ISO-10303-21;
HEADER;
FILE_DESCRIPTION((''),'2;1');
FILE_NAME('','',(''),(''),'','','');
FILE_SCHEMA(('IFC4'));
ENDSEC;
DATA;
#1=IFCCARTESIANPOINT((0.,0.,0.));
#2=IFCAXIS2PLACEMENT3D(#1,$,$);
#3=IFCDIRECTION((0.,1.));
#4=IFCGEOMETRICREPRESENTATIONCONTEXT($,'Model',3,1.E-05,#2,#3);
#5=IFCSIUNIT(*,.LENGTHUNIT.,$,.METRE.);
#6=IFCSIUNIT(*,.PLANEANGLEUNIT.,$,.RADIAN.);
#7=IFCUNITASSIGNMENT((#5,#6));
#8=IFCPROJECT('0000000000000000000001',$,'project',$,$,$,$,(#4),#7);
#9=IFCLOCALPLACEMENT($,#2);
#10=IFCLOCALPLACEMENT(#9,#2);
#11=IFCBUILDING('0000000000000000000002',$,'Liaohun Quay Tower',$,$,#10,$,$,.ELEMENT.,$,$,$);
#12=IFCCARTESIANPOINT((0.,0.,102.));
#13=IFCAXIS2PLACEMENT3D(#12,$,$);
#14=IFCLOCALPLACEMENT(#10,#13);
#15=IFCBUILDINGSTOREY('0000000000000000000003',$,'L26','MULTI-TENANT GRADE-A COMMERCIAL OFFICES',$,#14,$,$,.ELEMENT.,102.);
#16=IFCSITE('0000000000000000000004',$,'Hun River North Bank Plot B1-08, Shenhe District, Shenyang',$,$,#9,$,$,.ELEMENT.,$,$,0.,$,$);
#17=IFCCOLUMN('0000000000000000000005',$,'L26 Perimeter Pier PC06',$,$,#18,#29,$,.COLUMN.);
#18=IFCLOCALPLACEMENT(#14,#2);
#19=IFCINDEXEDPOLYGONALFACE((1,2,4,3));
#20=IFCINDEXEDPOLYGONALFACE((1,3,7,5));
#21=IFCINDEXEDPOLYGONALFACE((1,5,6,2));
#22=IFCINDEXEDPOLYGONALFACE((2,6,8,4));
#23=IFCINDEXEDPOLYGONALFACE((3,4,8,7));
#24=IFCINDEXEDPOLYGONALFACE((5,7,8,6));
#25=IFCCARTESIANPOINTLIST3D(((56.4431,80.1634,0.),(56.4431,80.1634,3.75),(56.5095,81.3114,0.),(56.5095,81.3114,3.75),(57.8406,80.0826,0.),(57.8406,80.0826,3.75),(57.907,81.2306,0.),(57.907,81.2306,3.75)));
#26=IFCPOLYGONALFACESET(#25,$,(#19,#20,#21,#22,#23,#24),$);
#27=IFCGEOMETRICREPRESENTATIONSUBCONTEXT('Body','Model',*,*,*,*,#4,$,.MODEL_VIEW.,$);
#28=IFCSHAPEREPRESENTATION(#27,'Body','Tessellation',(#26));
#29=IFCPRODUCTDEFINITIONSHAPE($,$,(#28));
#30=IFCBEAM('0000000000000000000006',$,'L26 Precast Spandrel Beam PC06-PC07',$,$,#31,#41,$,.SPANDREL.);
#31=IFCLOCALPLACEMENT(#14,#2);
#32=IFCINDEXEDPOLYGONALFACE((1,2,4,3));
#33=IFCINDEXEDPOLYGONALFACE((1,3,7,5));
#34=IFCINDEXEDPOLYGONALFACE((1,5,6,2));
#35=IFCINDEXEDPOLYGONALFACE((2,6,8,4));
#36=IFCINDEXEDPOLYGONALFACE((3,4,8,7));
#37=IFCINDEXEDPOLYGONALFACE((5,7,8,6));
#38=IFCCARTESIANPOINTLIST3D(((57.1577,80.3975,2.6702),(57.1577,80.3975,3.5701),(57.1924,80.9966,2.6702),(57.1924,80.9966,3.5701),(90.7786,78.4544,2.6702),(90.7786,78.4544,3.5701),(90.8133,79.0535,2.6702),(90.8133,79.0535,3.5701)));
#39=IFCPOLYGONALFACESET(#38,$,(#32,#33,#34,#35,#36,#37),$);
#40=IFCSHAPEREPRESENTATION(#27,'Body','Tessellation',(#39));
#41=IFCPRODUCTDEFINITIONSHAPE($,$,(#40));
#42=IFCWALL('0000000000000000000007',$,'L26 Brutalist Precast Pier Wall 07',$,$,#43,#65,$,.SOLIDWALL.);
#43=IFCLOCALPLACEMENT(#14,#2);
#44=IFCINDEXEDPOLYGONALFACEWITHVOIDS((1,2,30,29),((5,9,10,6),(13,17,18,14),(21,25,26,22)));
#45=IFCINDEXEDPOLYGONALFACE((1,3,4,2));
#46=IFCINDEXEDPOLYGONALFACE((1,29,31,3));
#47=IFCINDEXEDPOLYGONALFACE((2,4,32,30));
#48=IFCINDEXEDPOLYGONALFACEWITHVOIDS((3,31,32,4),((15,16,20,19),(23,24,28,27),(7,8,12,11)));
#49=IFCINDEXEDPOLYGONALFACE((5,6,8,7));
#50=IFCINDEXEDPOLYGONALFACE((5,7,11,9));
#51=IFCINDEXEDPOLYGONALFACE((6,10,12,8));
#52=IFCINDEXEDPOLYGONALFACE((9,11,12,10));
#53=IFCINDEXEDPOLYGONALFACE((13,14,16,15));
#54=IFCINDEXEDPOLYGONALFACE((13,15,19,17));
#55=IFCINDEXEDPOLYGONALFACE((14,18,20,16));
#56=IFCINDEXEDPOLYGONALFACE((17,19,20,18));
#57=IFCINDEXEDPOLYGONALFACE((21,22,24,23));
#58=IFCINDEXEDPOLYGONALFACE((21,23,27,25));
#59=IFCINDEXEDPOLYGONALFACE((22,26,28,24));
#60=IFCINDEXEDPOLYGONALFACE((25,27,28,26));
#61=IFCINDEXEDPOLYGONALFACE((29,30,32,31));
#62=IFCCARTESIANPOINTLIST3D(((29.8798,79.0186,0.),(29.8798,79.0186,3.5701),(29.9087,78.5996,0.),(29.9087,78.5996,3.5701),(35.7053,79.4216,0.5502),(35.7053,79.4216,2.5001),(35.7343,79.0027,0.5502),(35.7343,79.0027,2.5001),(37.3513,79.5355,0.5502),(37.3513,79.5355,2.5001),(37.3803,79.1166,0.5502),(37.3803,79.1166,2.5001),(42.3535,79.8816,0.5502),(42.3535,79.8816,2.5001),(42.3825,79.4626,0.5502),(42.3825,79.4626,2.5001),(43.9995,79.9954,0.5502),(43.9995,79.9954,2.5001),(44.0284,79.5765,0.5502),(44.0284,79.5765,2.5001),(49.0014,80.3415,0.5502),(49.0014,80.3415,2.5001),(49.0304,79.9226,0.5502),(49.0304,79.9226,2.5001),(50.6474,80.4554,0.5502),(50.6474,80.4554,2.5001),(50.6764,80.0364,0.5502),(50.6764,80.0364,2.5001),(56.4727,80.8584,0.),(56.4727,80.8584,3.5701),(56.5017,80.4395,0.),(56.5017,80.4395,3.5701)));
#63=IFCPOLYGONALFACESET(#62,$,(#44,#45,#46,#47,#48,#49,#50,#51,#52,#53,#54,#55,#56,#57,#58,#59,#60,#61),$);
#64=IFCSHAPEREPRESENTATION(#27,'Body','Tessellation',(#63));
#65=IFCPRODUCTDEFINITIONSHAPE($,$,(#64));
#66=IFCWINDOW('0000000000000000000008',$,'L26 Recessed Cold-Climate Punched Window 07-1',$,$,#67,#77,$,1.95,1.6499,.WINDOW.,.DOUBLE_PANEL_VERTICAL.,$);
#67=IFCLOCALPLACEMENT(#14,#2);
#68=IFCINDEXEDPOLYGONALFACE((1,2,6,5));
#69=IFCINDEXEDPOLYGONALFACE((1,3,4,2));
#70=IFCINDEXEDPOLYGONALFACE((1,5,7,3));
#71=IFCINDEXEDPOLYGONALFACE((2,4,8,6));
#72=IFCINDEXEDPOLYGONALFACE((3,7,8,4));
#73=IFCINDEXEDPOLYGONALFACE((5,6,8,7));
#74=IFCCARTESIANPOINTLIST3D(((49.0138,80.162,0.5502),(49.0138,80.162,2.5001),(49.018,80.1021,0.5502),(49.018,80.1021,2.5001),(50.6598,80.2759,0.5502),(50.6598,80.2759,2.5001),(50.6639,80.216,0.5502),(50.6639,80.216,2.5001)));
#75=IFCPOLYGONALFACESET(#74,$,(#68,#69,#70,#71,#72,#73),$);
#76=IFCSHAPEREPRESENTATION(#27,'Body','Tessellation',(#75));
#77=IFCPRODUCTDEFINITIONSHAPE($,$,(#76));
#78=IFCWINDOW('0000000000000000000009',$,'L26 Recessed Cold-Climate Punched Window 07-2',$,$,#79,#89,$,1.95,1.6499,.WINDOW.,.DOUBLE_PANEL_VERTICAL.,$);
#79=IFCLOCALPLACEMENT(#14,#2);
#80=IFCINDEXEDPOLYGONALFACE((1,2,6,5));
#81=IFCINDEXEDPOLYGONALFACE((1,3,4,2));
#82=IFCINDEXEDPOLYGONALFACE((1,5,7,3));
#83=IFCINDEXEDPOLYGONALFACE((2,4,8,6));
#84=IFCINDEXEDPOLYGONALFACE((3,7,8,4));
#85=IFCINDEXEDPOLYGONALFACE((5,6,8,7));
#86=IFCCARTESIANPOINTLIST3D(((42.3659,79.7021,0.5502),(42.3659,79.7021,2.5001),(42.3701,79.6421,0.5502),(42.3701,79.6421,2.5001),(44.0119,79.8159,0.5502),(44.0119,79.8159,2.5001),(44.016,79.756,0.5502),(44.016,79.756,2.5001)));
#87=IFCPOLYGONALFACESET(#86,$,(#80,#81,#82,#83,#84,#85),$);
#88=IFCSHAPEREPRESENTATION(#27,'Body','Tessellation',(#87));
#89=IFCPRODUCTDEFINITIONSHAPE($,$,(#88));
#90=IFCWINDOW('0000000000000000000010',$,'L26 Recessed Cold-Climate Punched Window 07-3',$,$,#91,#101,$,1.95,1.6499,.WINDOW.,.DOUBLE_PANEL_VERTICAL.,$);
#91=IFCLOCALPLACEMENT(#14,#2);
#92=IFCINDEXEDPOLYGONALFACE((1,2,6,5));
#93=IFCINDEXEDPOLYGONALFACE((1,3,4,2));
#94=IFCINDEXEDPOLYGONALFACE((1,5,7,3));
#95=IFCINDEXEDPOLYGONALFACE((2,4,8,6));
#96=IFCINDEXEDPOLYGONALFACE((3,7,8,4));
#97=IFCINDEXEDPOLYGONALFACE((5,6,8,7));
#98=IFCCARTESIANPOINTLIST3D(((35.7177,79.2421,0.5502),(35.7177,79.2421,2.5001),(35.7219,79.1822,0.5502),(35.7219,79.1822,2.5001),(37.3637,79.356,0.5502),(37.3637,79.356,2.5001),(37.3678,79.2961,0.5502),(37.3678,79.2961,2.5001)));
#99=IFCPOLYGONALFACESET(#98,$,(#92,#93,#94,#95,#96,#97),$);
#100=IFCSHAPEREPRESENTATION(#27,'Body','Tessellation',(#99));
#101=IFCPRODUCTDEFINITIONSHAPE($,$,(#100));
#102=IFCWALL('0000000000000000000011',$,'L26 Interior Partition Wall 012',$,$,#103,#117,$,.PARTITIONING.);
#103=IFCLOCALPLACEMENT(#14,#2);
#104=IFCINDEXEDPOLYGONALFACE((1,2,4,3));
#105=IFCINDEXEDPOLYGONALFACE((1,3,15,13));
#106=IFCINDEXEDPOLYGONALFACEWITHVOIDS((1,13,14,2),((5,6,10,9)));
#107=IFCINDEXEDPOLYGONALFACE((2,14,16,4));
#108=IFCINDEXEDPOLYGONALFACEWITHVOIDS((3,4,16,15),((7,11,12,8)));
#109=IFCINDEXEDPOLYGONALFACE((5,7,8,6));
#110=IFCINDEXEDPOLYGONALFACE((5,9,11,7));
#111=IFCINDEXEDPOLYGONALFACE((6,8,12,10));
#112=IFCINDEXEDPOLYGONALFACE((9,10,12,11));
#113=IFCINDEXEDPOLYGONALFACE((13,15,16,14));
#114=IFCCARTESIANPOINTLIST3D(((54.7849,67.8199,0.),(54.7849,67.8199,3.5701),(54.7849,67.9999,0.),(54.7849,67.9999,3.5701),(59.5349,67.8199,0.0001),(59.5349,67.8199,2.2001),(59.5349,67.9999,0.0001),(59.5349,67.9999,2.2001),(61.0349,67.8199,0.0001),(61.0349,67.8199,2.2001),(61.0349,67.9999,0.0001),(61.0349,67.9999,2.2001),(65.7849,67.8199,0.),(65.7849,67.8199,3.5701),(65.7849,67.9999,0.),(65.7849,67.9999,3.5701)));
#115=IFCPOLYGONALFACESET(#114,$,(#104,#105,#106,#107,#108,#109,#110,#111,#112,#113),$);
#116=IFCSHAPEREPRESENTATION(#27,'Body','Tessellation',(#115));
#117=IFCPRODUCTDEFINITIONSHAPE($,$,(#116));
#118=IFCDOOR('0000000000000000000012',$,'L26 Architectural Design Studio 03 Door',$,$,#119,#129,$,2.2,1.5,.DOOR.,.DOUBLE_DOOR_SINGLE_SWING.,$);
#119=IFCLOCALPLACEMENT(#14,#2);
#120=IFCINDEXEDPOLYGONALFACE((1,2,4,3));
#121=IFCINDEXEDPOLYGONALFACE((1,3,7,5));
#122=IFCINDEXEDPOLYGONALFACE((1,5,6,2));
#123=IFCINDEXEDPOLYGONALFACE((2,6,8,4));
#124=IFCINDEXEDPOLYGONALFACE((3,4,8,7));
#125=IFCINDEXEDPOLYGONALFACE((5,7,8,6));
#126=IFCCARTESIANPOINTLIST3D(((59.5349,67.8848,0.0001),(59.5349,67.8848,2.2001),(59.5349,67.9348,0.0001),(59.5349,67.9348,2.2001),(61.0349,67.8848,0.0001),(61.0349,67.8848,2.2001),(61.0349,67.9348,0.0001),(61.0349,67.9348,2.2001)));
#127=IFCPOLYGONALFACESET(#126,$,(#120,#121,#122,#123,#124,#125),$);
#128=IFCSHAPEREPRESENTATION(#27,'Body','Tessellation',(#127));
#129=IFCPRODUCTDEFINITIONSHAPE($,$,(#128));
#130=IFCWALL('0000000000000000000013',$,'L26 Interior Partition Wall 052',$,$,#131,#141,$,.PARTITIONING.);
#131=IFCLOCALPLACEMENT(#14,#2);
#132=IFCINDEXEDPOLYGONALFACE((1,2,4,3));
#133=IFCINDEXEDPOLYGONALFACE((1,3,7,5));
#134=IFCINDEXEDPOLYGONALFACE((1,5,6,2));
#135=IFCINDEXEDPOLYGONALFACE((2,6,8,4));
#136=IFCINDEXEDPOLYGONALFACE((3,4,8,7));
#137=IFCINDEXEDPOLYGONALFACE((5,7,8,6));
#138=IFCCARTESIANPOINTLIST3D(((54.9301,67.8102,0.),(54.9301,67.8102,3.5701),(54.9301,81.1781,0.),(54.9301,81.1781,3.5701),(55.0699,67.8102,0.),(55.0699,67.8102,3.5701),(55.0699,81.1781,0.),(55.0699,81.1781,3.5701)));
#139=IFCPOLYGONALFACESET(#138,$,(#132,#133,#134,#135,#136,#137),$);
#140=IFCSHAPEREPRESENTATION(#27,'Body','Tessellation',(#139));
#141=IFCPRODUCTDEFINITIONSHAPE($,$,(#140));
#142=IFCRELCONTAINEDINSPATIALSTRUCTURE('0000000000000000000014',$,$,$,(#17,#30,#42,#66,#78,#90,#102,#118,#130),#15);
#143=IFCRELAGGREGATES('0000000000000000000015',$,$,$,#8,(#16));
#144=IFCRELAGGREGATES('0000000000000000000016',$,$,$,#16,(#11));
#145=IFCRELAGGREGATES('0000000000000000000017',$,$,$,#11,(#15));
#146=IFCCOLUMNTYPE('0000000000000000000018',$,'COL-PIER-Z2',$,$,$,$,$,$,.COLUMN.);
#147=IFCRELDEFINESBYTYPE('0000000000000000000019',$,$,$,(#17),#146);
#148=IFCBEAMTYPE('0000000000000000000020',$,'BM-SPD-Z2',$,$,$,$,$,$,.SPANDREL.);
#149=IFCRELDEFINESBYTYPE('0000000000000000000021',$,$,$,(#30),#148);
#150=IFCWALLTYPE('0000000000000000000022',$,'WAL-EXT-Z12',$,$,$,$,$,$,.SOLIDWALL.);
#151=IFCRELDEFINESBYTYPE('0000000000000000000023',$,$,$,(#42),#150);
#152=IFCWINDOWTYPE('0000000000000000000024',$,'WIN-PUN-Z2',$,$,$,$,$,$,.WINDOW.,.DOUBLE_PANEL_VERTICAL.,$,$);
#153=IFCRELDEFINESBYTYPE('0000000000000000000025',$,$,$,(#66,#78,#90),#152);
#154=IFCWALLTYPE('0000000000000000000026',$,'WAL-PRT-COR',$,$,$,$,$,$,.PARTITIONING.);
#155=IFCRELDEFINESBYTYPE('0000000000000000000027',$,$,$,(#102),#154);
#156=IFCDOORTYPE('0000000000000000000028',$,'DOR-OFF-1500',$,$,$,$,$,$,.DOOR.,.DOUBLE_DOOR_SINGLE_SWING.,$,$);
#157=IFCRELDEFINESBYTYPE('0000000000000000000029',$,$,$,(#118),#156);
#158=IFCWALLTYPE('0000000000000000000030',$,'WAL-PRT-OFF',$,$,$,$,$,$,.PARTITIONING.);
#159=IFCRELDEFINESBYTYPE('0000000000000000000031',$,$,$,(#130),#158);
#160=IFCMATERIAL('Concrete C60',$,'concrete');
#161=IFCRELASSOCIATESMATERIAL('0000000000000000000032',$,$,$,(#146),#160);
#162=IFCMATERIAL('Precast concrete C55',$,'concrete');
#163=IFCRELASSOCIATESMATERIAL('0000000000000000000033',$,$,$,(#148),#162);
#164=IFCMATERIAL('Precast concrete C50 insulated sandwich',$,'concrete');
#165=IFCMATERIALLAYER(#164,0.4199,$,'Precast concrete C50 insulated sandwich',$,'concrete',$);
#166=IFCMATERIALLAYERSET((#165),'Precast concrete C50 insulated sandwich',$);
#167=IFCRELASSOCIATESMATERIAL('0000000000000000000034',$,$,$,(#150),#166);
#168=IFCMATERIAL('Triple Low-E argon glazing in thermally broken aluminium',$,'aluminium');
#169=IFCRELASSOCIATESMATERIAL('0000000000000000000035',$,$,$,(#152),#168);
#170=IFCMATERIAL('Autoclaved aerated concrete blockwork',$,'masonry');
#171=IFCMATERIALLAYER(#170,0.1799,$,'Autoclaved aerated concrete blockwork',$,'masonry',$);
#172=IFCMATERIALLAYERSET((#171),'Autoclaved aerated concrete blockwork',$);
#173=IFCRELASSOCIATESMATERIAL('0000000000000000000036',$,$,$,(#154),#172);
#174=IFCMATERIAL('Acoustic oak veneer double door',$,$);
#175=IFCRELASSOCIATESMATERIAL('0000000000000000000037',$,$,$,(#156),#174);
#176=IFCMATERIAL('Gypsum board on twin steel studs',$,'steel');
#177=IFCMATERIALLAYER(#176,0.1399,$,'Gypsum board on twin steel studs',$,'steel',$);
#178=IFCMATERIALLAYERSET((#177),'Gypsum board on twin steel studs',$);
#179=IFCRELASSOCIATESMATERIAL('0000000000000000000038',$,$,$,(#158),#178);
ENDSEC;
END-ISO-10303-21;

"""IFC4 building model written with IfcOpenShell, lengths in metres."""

from ifc_helpers import new_model, si_unit, direction, frame, frame_2d, origin, origin_2d, place, context, subcontext, project, spatial, rectangle, extrude, source, transform, mapped, material, layer, layer_set, material_profile, profile_set, type_object, element, fill, save


model = new_model("IFC4")

# Units and contexts
model_context = context("Model", 3, precision=1e-05, world=origin(), true_north=direction((0.0, 1.0)))
body_context = subcontext(model_context, "Body", "Model", "MODEL_VIEW")
ifc_project = project(units=[si_unit("LENGTHUNIT", "METRE"), si_unit("PLANEANGLEUNIT", "RADIAN")], contexts=[model_context])

# Site, building, storey
site_placement = place(None, origin())
site = spatial("IfcSite", under=ifc_project, at=site_placement, Name="Hun River North Bank Plot B1-08, Shenhe District, Shenyang", CompositionType="ELEMENT", RefElevation=0.0)
building_placement = place(site_placement, origin())
building = spatial("IfcBuilding", under=site, at=building_placement, Name="Liaohun Quay Tower", CompositionType="ELEMENT")
storey_placement = place(building_placement, frame((0.0, 0.0, 102.0)))
storey = spatial("IfcBuildingStorey", under=building, at=storey_placement, Name="L26", Description="MULTI-TENANT GRADE-A COMMERCIAL OFFICES", CompositionType="ELEMENT", Elevation=102.0)

# Column
ifc_material_1 = material(Name="Concrete C60", Category="concrete")
ifc_material_profile_1 = material_profile(ifc_material_1, rectangle(XDim=1.3999, YDim=1.1499, at=origin_2d()), Name="RC1400x1150")
ifc_profile_set_1 = profile_set([ifc_material_profile_1], Name="Concrete C60")
column_type = type_object("IfcColumnType", Name="COL-PIER-Z2", PredefinedType="COLUMN", material=ifc_profile_set_1)
shared_shape_1 = source(origin(), body_context, "Body", "SweptSolid", [
    extrude(rectangle(XDim=1.3999, YDim=1.1499, at=origin_2d()), origin(), (0.0, 0.0, 1.0), 3.75),
])
column_placement = place(storey_placement, frame((57.175, 80.697, 0.0), z_axis=(0.0, 0.0, 1.0), x_axis=(-0.998332, 0.057738, 0.0)))
element("IfcColumn", 1, at=column_placement, inside=storey, type_object=column_type, Name="L26 Perimeter Pier PC06", PredefinedType="COLUMN", context=body_context, shape_type="MappedRepresentation", body=[
    mapped(shared_shape_1, transform((0.0, 0.0, 0.0), x_axis=(1.0, 0.0, 0.0), y_axis=(0.0, 1.0, 0.0), z_axis=(0.0, 0.0, 1.0), scale=1.0)),
])

# Beam
ifc_material_2 = material(Name="Precast concrete C55", Category="concrete")
ifc_material_profile_2 = material_profile(ifc_material_2, rectangle(XDim=0.6001, YDim=0.8999, at=origin_2d()), Name="RC600x900")
ifc_profile_set_2 = profile_set([ifc_material_profile_2], Name="Precast concrete C55")
beam_type = type_object("IfcBeamType", Name="BM-SPD-Z2", PredefinedType="SPANDREL", material=ifc_profile_set_2)
shared_shape_2 = source(origin(), body_context, "Body", "SweptSolid", [
    extrude(rectangle(XDim=0.6001, YDim=0.8999, at=origin_2d()), origin(), (0.0, 0.0, 1.0), 33.677),
])
beam_placement = place(storey_placement, frame((57.175, 80.697, 3.1201), z_axis=(0.998334, -0.057699, 0.0), x_axis=(0.057699, 0.998334, 0.0)))
element("IfcBeam", 2, at=beam_placement, inside=storey, type_object=beam_type, Name="L26 Precast Spandrel Beam PC06-PC07", PredefinedType="SPANDREL", context=body_context, shape_type="MappedRepresentation", body=[
    mapped(shared_shape_2, transform((0.0, 0.0, 0.0), x_axis=(1.0, 0.0, 0.0), y_axis=(0.0, 1.0, 0.0), z_axis=(0.0, 0.0, 1.0), scale=1.0)),
])

# Wall, openings, windows
ifc_material_3 = material(Name="Precast concrete C50 insulated sandwich", Category="concrete")
ifc_layer_1 = layer(ifc_material_3, 0.4199, Name="Precast concrete C50 insulated sandwich", Category="concrete")
ifc_layer_set_1 = layer_set([ifc_layer_1], Name="Precast concrete C50 insulated sandwich")
wall_type_1 = type_object("IfcWallType", Name="WAL-EXT-Z12", PredefinedType="SOLIDWALL", material=ifc_layer_set_1)
wall_1_placement = place(storey_placement, frame((56.4871, 80.6489, 0.0), z_axis=(0.0, 0.0, 1.0), x_axis=(-0.997615, -0.06902, 0.0)))
wall_1 = element("IfcWall", 3, at=wall_1_placement, inside=storey, type_object=wall_type_1, Name="L26 Brutalist Precast Pier Wall 07", PredefinedType="SOLIDWALL", context=body_context, shape_type="SweptSolid", body=[
    extrude(rectangle(XDim=26.6565, YDim=0.4199, at=frame_2d((13.3281, 0.0))), origin(), (0.0, 0.0, 1.0), 3.5701),
])
shared_shape_3 = source(origin(), body_context, "Body", "SweptSolid", [
    extrude(rectangle(XDim=1.6499, YDim=1.95, at=frame_2d((0.825, 0.9751))), frame((0.0, 0.22, 0.0), z_axis=(0.0, -1.0, 0.0), x_axis=(1.0, 0.0, 0.0)), (0.0, 0.0, 1.0), 0.4399),
])
opening_1_placement = place(wall_1_placement, frame((5.8391, 0.0, 0.55)))
opening_1 = element("IfcOpeningElement", 4, at=opening_1_placement, cuts=wall_1, PredefinedType="OPENING", context=body_context, shape_type="MappedRepresentation", body=[
    mapped(shared_shape_3, transform((0.0, 0.0, 0.0), x_axis=(1.0, 0.0, 0.0), y_axis=(0.0, 1.0, 0.0), z_axis=(0.0, 0.0, 1.0), scale=1.0)),
])
opening_2_placement = place(wall_1_placement, frame((12.5029, 0.0, 0.55)))
opening_2 = element("IfcOpeningElement", 5, at=opening_2_placement, cuts=wall_1, PredefinedType="OPENING", context=body_context, shape_type="MappedRepresentation", body=[
    mapped(shared_shape_3, transform((0.0, 0.0, 0.0), x_axis=(1.0, 0.0, 0.0), y_axis=(0.0, 1.0, 0.0), z_axis=(0.0, 0.0, 1.0), scale=1.0)),
])
opening_3_placement = place(wall_1_placement, frame((19.167, 0.0, 0.55)))
opening_3 = element("IfcOpeningElement", 6, at=opening_3_placement, cuts=wall_1, PredefinedType="OPENING", context=body_context, shape_type="MappedRepresentation", body=[
    mapped(shared_shape_3, transform((0.0, 0.0, 0.0), x_axis=(1.0, 0.0, 0.0), y_axis=(0.0, 1.0, 0.0), z_axis=(0.0, 0.0, 1.0), scale=1.0)),
])
ifc_material_4 = material(Name="Triple Low-E argon glazing in thermally broken aluminium", Category="aluminium")
window_type = type_object("IfcWindowType", Name="WIN-PUN-Z2", PartitioningType="DOUBLE_PANEL_VERTICAL", PredefinedType="WINDOW", material=ifc_material_4)
shared_shape_4 = source(origin(), body_context, "Body", "SweptSolid", [
    extrude(rectangle(XDim=1.6499, YDim=1.95, at=frame_2d((0.825, 0.9751))), frame((0.0, 0.03, 0.0), z_axis=(0.0, -1.0, 0.0), x_axis=(1.0, 0.0, 0.0)), (0.0, 0.0, 1.0), 0.0601),
])
window_1_placement = place(opening_1_placement, origin())
window_1 = element("IfcWindow", 7, at=window_1_placement, inside=storey, type_object=window_type, Name="L26 Recessed Cold-Climate Punched Window 07-1", OverallHeight=1.95, OverallWidth=1.6499, PartitioningType="DOUBLE_PANEL_VERTICAL", PredefinedType="WINDOW", context=body_context, shape_type="MappedRepresentation", body=[
    mapped(shared_shape_4, transform((0.0, 0.0, 0.0), x_axis=(1.0, 0.0, 0.0), y_axis=(0.0, 1.0, 0.0), z_axis=(0.0, 0.0, 1.0), scale=1.0)),
])
fill(opening_1, window_1)
window_2_placement = place(opening_2_placement, origin())
window_2 = element("IfcWindow", 8, at=window_2_placement, inside=storey, type_object=window_type, Name="L26 Recessed Cold-Climate Punched Window 07-2", OverallHeight=1.95, OverallWidth=1.6499, PartitioningType="DOUBLE_PANEL_VERTICAL", PredefinedType="WINDOW", context=body_context, shape_type="MappedRepresentation", body=[
    mapped(shared_shape_4, transform((0.0, 0.0, 0.0), x_axis=(1.0, 0.0, 0.0), y_axis=(0.0, 1.0, 0.0), z_axis=(0.0, 0.0, 1.0), scale=1.0)),
])
fill(opening_2, window_2)
window_3_placement = place(opening_3_placement, origin())
window_3 = element("IfcWindow", 9, at=window_3_placement, inside=storey, type_object=window_type, Name="L26 Recessed Cold-Climate Punched Window 07-3", OverallHeight=1.95, OverallWidth=1.6499, PartitioningType="DOUBLE_PANEL_VERTICAL", PredefinedType="WINDOW", context=body_context, shape_type="MappedRepresentation", body=[
    mapped(shared_shape_4, transform((0.0, 0.0, 0.0), x_axis=(1.0, 0.0, 0.0), y_axis=(0.0, 1.0, 0.0), z_axis=(0.0, 0.0, 1.0), scale=1.0)),
])
fill(opening_3, window_3)

# Wall, opening, door
ifc_material_5 = material(Name="Autoclaved aerated concrete blockwork", Category="masonry")
ifc_layer_2 = layer(ifc_material_5, 0.1799, Name="Autoclaved aerated concrete blockwork", Category="masonry")
ifc_layer_set_2 = layer_set([ifc_layer_2], Name="Autoclaved aerated concrete blockwork")
wall_type_2 = type_object("IfcWallType", Name="WAL-PRT-COR", PredefinedType="PARTITIONING", material=ifc_layer_set_2)
wall_2_placement = place(storey_placement, frame((54.7849, 67.9099, 0.0), z_axis=(0.0, 0.0, 1.0), x_axis=(1.0, 0.0, 0.0)))
wall_2 = element("IfcWall", 10, at=wall_2_placement, inside=storey, type_object=wall_type_2, Name="L26 Interior Partition Wall 012", PredefinedType="PARTITIONING", context=body_context, shape_type="SweptSolid", body=[
    extrude(rectangle(XDim=11.0, YDim=0.1799, at=frame_2d((5.5, 0.0))), origin(), (0.0, 0.0, 1.0), 3.5701),
])
shared_shape_5 = source(origin(), body_context, "Body", "SweptSolid", [
    extrude(rectangle(XDim=1.5, YDim=2.2, at=frame_2d((0.75, 1.1001))), frame((0.0, 0.0999, 0.0), z_axis=(0.0, -1.0, 0.0), x_axis=(1.0, 0.0, 0.0)), (0.0, 0.0, 1.0), 0.2),
])
opening_4_placement = place(wall_2_placement, frame((4.75, 0.0, 0.0)))
opening_4 = element("IfcOpeningElement", 11, at=opening_4_placement, cuts=wall_2, PredefinedType="OPENING", context=body_context, shape_type="MappedRepresentation", body=[
    mapped(shared_shape_5, transform((0.0, 0.0, 0.0), x_axis=(1.0, 0.0, 0.0), y_axis=(0.0, 1.0, 0.0), z_axis=(0.0, 0.0, 1.0), scale=1.0)),
])
ifc_material_6 = material(Name="Acoustic oak veneer double door")
door_type = type_object("IfcDoorType", Name="DOR-OFF-1500", OperationType="DOUBLE_DOOR_SINGLE_SWING", PredefinedType="DOOR", material=ifc_material_6)
shared_shape_6 = source(origin(), body_context, "Body", "SweptSolid", [
    extrude(rectangle(XDim=1.5, YDim=2.2, at=frame_2d((0.75, 1.1001))), frame((0.0, 0.0249, 0.0), z_axis=(0.0, -1.0, 0.0), x_axis=(1.0, 0.0, 0.0)), (0.0, 0.0, 1.0), 0.05),
])
door_placement = place(opening_4_placement, origin())
door = element("IfcDoor", 12, at=door_placement, inside=storey, type_object=door_type, Name="L26 Architectural Design Studio 03 Door", OperationType="DOUBLE_DOOR_SINGLE_SWING", OverallHeight=2.2, OverallWidth=1.5, PredefinedType="DOOR", context=body_context, shape_type="MappedRepresentation", body=[
    mapped(shared_shape_6, transform((0.0, 0.0, 0.0), x_axis=(1.0, 0.0, 0.0), y_axis=(0.0, 1.0, 0.0), z_axis=(0.0, 0.0, 1.0), scale=1.0)),
])
fill(opening_4, door)

# Wall
ifc_material_7 = material(Name="Gypsum board on twin steel studs", Category="steel")
ifc_layer_3 = layer(ifc_material_7, 0.1399, Name="Gypsum board on twin steel studs", Category="steel")
ifc_layer_set_3 = layer_set([ifc_layer_3], Name="Gypsum board on twin steel studs")
wall_type_3 = type_object("IfcWallType", Name="WAL-PRT-OFF", PredefinedType="PARTITIONING", material=ifc_layer_set_3)
wall_3_placement = place(storey_placement, frame((55.0, 67.8101, 0.0), z_axis=(0.0, 0.0, 1.0), x_axis=(0.0, 1.0, 0.0)))
element("IfcWall", 13, at=wall_3_placement, inside=storey, type_object=wall_type_3, Name="L26 Interior Partition Wall 052", PredefinedType="PARTITIONING", context=body_context, shape_type="SweptSolid", body=[
    extrude(rectangle(XDim=13.3679, YDim=0.1399, at=frame_2d((6.6841, 0.0))), origin(), (0.0, 0.0, 1.0), 3.5701),
])

save(model, "model.ifc")
